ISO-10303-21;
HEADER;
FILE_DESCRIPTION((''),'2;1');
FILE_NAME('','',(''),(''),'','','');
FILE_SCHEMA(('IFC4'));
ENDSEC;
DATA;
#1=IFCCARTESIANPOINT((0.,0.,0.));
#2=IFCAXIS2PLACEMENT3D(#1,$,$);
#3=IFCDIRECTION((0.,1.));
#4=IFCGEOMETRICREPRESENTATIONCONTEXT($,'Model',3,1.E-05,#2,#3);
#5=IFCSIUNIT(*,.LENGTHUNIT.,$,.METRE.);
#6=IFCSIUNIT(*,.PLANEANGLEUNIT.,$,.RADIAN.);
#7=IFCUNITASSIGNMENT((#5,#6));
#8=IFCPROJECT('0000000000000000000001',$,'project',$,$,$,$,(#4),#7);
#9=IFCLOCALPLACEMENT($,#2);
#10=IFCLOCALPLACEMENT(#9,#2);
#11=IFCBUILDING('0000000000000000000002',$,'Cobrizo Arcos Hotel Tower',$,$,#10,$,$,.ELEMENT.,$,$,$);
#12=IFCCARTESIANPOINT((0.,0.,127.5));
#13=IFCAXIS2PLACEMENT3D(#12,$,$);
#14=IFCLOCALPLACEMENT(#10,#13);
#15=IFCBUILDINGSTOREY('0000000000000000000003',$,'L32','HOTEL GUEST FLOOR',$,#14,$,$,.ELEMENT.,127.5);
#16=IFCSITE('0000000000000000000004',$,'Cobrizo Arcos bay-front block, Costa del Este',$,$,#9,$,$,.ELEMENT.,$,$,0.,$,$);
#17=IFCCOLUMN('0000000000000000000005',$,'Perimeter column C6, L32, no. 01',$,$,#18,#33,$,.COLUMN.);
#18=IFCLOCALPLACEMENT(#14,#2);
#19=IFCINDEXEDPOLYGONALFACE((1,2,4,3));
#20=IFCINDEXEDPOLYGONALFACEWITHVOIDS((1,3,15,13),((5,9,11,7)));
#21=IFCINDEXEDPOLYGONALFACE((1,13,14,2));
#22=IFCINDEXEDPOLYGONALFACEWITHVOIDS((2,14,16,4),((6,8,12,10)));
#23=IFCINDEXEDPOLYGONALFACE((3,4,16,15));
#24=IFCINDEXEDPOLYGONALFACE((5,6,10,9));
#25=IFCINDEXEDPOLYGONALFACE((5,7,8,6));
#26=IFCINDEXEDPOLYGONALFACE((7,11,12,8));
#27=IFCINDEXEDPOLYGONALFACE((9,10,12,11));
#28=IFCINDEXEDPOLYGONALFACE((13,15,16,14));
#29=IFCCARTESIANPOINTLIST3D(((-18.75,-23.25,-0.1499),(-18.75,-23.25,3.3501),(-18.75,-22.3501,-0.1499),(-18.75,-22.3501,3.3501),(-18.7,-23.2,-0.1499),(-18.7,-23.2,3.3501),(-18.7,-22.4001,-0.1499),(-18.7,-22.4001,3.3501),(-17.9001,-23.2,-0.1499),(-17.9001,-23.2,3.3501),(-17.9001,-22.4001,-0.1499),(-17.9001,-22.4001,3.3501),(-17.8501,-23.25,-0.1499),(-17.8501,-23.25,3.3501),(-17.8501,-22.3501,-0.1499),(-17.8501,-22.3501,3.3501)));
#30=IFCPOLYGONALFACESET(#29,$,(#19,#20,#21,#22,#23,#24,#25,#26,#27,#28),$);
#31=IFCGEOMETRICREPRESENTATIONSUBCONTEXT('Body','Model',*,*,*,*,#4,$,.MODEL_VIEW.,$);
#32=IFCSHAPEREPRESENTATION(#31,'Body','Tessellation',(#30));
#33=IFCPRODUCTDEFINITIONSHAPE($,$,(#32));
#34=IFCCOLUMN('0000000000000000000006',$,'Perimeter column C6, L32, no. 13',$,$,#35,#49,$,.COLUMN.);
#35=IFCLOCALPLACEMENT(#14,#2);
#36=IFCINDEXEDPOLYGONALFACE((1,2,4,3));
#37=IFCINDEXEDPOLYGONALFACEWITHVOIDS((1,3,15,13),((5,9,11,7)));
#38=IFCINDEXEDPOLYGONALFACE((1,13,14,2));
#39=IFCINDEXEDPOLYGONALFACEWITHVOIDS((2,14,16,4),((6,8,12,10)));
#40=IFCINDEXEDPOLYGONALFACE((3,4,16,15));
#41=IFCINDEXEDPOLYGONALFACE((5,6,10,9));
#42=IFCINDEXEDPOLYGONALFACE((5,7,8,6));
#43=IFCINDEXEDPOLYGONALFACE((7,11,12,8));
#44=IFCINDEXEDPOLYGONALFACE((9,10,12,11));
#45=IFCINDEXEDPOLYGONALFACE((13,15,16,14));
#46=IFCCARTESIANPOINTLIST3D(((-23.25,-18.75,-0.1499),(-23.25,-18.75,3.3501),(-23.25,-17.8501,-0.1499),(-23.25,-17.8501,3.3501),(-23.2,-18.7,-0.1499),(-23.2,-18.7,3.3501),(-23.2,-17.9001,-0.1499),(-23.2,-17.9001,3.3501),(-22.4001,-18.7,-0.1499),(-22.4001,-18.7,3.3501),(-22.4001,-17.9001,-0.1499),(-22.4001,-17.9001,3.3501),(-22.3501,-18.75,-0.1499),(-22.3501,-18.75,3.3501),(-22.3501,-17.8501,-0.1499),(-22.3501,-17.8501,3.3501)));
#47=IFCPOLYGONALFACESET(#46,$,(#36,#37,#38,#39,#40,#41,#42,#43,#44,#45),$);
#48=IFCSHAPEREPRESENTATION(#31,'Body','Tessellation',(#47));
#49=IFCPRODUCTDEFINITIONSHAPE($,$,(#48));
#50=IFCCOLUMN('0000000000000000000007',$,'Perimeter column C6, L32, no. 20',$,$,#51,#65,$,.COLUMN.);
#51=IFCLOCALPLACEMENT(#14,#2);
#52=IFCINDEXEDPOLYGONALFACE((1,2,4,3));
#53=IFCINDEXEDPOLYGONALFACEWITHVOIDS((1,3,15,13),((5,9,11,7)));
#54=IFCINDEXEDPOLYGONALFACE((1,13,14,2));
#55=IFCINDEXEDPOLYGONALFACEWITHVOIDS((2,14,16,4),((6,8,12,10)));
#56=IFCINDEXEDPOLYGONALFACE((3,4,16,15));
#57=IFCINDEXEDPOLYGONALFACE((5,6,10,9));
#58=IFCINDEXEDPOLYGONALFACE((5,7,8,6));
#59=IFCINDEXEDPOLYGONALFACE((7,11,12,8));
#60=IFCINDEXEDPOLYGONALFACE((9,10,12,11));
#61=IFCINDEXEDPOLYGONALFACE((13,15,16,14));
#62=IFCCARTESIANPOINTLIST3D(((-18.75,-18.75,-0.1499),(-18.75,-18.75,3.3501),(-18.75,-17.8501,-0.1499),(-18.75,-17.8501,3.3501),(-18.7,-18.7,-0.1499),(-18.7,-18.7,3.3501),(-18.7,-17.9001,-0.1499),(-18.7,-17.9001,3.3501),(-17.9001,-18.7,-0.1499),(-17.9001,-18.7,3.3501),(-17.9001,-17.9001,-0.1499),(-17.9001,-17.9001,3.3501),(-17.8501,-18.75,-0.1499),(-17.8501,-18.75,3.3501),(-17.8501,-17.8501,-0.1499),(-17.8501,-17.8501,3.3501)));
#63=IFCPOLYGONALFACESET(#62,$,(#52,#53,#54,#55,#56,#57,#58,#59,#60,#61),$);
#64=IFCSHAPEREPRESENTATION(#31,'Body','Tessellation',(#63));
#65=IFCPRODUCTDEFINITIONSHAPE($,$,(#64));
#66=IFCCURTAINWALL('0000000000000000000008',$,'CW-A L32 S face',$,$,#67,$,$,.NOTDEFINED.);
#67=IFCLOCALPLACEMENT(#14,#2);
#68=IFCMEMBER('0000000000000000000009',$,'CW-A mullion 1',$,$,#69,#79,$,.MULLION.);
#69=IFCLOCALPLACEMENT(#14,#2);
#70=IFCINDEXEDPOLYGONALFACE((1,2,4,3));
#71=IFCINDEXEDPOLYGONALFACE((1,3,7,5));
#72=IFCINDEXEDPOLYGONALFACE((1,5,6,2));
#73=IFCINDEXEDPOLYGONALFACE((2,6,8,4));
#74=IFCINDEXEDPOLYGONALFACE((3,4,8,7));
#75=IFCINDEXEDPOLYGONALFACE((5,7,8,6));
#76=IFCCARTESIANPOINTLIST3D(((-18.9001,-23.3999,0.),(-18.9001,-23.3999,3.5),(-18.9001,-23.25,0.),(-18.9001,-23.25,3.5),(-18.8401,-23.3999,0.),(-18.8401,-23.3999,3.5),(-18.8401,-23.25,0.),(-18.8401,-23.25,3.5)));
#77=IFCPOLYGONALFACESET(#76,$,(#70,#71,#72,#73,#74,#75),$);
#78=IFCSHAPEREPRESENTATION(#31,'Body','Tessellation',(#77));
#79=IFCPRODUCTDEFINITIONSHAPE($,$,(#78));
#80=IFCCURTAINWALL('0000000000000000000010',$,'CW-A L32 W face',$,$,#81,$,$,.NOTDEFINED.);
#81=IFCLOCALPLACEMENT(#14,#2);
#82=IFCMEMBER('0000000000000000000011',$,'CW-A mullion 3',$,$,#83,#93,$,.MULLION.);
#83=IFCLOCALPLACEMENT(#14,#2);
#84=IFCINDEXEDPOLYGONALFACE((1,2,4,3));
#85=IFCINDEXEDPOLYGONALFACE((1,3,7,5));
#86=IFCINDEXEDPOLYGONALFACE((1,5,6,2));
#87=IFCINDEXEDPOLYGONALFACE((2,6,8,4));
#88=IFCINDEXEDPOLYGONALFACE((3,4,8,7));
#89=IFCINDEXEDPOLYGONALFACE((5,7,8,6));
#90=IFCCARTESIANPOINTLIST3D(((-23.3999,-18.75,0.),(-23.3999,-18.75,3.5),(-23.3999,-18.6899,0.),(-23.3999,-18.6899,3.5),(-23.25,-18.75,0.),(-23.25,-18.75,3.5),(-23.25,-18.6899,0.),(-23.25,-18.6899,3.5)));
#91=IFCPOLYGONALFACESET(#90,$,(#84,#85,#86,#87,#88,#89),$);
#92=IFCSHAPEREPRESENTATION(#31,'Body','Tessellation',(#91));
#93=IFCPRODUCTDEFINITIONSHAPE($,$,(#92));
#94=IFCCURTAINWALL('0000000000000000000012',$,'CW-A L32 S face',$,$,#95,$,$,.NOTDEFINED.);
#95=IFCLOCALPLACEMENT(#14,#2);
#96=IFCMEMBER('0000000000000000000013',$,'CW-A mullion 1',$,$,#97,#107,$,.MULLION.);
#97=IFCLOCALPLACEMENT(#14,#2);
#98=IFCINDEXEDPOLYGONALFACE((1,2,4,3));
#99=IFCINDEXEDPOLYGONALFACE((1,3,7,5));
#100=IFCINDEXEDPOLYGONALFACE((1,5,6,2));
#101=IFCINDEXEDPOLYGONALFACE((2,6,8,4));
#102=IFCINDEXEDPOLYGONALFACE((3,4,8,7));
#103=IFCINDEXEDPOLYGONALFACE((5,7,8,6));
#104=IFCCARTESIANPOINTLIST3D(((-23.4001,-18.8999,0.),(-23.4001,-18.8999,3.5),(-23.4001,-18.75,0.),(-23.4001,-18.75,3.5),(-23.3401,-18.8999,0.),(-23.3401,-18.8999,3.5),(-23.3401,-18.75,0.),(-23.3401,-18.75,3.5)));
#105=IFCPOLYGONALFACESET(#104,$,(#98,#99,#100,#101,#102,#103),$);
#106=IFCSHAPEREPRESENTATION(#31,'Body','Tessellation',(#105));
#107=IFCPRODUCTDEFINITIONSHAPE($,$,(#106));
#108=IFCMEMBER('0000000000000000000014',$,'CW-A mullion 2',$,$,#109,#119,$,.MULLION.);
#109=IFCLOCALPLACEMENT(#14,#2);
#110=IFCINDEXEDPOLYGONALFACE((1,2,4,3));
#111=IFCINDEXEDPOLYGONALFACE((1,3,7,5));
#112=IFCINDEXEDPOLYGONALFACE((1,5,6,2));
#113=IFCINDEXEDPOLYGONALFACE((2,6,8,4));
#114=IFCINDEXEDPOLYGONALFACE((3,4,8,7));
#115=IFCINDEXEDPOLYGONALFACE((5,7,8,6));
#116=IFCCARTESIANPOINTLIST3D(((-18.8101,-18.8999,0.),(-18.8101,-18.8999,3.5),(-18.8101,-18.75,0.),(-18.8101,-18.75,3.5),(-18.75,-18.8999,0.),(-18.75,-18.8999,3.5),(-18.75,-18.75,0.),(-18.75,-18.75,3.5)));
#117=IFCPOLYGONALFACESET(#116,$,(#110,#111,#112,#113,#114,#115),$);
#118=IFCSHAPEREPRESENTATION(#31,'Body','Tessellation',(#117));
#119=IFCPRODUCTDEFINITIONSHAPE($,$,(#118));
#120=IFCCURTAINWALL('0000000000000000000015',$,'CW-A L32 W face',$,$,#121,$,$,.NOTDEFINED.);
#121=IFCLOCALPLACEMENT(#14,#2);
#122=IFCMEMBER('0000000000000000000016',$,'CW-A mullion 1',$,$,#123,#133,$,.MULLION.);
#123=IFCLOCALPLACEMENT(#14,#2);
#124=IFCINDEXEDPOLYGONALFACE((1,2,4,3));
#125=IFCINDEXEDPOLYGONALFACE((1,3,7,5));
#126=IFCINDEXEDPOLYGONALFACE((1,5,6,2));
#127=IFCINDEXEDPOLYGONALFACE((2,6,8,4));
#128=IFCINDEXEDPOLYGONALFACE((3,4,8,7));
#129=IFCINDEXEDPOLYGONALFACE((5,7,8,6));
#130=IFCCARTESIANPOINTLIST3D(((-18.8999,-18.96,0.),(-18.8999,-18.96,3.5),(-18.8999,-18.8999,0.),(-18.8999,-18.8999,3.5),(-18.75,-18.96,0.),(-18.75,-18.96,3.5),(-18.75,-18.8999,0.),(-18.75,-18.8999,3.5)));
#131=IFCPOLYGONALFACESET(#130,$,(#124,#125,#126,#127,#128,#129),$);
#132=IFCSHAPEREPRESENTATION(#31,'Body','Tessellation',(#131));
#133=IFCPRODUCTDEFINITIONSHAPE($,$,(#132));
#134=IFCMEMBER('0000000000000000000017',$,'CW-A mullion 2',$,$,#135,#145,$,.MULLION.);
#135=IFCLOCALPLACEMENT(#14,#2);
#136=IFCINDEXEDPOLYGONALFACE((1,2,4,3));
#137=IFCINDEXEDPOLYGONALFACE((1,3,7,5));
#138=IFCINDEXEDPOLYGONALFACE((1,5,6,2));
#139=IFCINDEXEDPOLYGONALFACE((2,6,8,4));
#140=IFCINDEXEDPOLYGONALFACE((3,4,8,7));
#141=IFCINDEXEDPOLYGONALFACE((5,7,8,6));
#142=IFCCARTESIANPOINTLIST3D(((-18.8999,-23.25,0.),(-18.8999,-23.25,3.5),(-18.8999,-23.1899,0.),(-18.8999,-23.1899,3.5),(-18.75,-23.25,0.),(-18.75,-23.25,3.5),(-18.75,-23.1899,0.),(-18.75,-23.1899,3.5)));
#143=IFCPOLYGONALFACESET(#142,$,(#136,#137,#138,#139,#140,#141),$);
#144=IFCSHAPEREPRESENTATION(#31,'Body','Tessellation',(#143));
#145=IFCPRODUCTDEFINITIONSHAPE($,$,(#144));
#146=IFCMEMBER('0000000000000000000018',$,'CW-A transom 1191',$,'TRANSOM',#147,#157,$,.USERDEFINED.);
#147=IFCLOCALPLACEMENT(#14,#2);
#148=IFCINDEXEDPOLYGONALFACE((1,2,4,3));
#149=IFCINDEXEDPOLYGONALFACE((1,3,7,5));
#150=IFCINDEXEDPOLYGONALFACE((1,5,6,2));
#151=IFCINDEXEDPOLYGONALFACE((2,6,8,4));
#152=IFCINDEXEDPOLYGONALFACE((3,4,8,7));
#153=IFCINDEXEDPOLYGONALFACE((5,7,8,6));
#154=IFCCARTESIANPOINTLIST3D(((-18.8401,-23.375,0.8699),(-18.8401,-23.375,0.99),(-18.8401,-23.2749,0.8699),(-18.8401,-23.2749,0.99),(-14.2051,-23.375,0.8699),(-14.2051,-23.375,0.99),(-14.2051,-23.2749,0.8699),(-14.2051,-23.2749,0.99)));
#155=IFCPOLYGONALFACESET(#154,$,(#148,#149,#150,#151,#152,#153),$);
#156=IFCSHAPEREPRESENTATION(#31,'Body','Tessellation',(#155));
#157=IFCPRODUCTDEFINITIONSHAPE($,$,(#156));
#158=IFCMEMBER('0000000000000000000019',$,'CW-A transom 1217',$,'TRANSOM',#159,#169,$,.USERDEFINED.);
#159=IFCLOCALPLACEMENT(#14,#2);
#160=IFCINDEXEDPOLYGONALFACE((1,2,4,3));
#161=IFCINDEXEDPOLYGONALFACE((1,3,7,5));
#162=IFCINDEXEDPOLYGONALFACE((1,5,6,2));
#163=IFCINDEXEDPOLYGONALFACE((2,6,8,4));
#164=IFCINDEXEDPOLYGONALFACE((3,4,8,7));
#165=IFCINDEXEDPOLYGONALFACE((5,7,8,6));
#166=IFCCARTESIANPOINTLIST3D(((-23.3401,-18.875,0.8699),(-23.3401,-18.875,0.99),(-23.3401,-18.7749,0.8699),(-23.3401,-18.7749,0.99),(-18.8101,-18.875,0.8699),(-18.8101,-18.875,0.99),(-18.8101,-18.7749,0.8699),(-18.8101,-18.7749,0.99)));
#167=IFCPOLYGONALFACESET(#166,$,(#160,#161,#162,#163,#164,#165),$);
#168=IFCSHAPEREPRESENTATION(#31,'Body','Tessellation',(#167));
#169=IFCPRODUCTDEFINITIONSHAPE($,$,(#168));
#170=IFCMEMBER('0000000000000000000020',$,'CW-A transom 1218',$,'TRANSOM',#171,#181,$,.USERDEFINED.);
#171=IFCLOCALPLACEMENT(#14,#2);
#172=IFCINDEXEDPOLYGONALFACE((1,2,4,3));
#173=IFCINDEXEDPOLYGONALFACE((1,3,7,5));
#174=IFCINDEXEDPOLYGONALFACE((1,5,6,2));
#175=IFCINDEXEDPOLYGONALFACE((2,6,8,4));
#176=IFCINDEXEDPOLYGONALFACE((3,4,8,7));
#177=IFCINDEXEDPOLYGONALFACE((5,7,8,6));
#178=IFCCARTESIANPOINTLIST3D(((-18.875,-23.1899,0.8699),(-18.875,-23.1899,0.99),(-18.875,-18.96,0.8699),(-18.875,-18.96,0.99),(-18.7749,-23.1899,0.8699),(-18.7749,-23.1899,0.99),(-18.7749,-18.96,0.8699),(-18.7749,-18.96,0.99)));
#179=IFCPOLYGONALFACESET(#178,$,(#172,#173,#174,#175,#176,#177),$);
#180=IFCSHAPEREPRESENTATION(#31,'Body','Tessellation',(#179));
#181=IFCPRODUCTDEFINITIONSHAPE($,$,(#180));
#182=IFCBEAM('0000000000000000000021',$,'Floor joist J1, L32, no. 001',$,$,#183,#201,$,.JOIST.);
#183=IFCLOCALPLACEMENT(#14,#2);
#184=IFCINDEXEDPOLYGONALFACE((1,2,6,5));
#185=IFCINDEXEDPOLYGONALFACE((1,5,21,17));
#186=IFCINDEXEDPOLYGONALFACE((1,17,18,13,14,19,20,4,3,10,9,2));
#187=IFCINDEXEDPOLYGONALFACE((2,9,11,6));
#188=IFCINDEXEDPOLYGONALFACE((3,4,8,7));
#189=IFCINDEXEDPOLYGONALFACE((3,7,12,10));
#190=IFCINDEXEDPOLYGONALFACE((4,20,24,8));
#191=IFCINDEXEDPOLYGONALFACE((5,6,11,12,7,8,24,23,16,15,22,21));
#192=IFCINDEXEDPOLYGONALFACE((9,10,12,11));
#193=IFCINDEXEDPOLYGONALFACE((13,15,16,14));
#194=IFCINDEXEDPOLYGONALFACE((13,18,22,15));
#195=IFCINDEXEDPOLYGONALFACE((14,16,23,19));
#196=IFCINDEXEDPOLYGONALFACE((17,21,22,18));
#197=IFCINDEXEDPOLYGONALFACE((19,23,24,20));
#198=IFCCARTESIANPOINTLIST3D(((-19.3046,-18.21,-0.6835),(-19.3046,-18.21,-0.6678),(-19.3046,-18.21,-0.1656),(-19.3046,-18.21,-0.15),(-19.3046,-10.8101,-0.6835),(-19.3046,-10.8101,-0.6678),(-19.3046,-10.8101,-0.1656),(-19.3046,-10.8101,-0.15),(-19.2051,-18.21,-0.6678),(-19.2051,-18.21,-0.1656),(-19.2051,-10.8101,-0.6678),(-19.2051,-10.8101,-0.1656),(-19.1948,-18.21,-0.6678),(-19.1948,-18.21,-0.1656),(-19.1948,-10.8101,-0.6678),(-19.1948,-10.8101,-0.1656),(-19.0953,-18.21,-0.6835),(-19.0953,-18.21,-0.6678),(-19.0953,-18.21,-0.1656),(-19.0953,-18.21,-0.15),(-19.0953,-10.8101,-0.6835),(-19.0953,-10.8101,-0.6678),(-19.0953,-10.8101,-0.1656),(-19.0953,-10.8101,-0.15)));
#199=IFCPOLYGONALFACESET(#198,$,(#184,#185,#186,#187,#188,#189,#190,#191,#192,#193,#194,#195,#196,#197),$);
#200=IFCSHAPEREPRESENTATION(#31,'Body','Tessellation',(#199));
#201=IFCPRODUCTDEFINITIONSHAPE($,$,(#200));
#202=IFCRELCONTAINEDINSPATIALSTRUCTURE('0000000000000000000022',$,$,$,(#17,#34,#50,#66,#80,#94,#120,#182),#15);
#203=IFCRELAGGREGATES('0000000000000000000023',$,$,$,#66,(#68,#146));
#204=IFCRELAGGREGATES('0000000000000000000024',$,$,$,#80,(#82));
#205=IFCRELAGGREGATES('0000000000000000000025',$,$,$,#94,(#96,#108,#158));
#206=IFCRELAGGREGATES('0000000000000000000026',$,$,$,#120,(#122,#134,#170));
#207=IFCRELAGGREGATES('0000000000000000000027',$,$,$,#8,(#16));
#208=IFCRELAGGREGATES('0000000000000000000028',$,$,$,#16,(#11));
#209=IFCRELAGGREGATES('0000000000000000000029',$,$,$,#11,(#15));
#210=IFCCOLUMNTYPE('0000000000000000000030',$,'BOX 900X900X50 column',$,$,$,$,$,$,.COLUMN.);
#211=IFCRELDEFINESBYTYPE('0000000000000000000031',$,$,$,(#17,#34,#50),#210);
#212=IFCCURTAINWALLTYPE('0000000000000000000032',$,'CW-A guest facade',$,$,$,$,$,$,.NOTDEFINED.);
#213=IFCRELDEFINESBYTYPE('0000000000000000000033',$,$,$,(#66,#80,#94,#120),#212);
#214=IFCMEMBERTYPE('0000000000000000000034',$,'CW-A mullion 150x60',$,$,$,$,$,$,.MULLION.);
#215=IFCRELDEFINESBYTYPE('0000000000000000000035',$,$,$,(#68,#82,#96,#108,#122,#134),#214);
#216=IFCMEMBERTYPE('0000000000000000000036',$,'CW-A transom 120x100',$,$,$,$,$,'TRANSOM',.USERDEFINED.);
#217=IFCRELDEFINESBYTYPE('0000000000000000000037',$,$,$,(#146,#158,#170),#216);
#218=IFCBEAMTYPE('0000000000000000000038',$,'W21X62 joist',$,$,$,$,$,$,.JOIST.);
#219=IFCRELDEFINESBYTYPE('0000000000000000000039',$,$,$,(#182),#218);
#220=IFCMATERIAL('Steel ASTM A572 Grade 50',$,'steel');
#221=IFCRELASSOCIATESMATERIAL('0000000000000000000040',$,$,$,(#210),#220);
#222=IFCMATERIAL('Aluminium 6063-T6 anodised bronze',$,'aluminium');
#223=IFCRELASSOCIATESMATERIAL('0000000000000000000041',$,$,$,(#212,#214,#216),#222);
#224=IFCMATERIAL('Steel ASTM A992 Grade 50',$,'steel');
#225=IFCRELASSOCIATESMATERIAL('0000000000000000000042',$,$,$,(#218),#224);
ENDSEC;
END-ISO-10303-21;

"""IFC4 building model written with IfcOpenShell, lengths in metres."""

from ifc_helpers import new_model, si_unit, direction, frame, origin, origin_2d, place, context, subcontext, project, spatial, rectangle, hollow_rectangle, i_section, extrude, material, material_profile, profile_set, type_object, element, aggregate, save


model = new_model("IFC4")

# Units and contexts
model_context = context("Model", 3, precision=1e-05, world=origin(), true_north=direction((0.0, 1.0)))
body_context = subcontext(model_context, "Body", "Model", "MODEL_VIEW")
ifc_project = project(units=[si_unit("LENGTHUNIT", "METRE"), si_unit("PLANEANGLEUNIT", "RADIAN")], contexts=[model_context])

# Site, building, storey
site_placement = place(None, origin())
site = spatial("IfcSite", under=ifc_project, at=site_placement, Name="Cobrizo Arcos bay-front block, Costa del Este", CompositionType="ELEMENT", RefElevation=0.0)
building_placement = place(site_placement, origin())
building = spatial("IfcBuilding", under=site, at=building_placement, Name="Cobrizo Arcos Hotel Tower", CompositionType="ELEMENT")
storey_placement = place(building_placement, frame((0.0, 0.0, 127.5)))
storey = spatial("IfcBuildingStorey", under=building, at=storey_placement, Name="L32", Description="HOTEL GUEST FLOOR", CompositionType="ELEMENT", Elevation=127.5)

# Columns
ifc_material_1 = material(Name="Steel ASTM A572 Grade 50", Category="steel")
ifc_material_profile_1 = material_profile(ifc_material_1, hollow_rectangle(XDim=0.8999, YDim=0.8999, WallThickness=0.05, at=origin_2d()), Name="BOX 900X900X50")
ifc_profile_set_1 = profile_set([ifc_material_profile_1], Name="Steel ASTM A572 Grade 50")
column_type = type_object("IfcColumnType", Name="BOX 900X900X50 column", PredefinedType="COLUMN", material=ifc_profile_set_1)
for number, where, z_axis, x_axis, name in (
    (1, (-18.3, -22.8, -0.1499), (0.0, 0.0, 1.0), (1.0, 0.0, 0.0), "Perimeter column C6, L32, no. 01"),
    (2, (-22.8, -18.3, -0.1499), (0.0, 0.0, 1.0), (1.0, 0.0, 0.0), "Perimeter column C6, L32, no. 13"),
    (3, (-18.3, -18.3, -0.1499), (0.0, 0.0, 1.0), (1.0, 0.0, 0.0), "Perimeter column C6, L32, no. 20"),
):
    element("IfcColumn", number, at=place(storey_placement, frame(where, z_axis=z_axis, x_axis=x_axis)), inside=storey, type_object=column_type, Name=name, PredefinedType="COLUMN", context=body_context, shape_type="SweptSolid", body=[
        extrude(hollow_rectangle(XDim=0.8999, YDim=0.8999, WallThickness=0.05, at=origin_2d()), origin(), (0.0, 0.0, 1.0), 3.5),
    ])

# Curtain walls, members
ifc_material_2 = material(Name="Aluminium 6063-T6 anodised bronze", Category="aluminium")
curtain_wall_type = type_object("IfcCurtainWallType", Name="CW-A guest facade", PredefinedType="NOTDEFINED", material=ifc_material_2)
curtain_wall_1_placement = place(storey_placement, origin())
curtain_wall_1 = element("IfcCurtainWall", 4, at=curtain_wall_1_placement, inside=storey, type_object=curtain_wall_type, Name="CW-A L32 S face", PredefinedType="NOTDEFINED")
ifc_material_profile_2 = material_profile(ifc_material_2, rectangle(XDim=0.1499, YDim=0.0601, at=origin_2d()), Name="CW-A mullion 150x60")
ifc_profile_set_2 = profile_set([ifc_material_profile_2], Name="Aluminium 6063-T6 anodised bronze")
member_type_1 = type_object("IfcMemberType", Name="CW-A mullion 150x60", PredefinedType="MULLION", material=ifc_profile_set_2)
member_1_placement = place(storey_placement, frame((-18.8701, -23.325, 0.0), z_axis=(0.0, 0.0, 1.0), x_axis=(0.0, -1.0, 0.0)))
member_1 = element("IfcMember", 5, at=member_1_placement, type_object=member_type_1, Name="CW-A mullion 1", PredefinedType="MULLION", context=body_context, shape_type="SweptSolid", body=[
    extrude(rectangle(XDim=0.1499, YDim=0.0601, at=origin_2d()), origin(), (0.0, 0.0, 1.0), 3.5),
])
curtain_wall_2_placement = place(storey_placement, origin())
curtain_wall_2 = element("IfcCurtainWall", 6, at=curtain_wall_2_placement, inside=storey, type_object=curtain_wall_type, Name="CW-A L32 W face", PredefinedType="NOTDEFINED")
member_2_placement = place(storey_placement, frame((-23.325, -18.72, 0.0), z_axis=(0.0, 0.0, 1.0), x_axis=(-1.0, 0.0, 0.0)))
member_2 = element("IfcMember", 7, at=member_2_placement, type_object=member_type_1, Name="CW-A mullion 3", PredefinedType="MULLION", context=body_context, shape_type="SweptSolid", body=[
    extrude(rectangle(XDim=0.1499, YDim=0.0601, at=origin_2d()), origin(), (0.0, 0.0, 1.0), 3.5),
])

# Curtain walls, members
curtain_wall_3_placement = place(storey_placement, origin())
curtain_wall_3 = element("IfcCurtainWall", 8, at=curtain_wall_3_placement, inside=storey, type_object=curtain_wall_type, Name="CW-A L32 S face", PredefinedType="NOTDEFINED")
member_3_placement = place(storey_placement, frame((-23.3701, -18.825, 0.0), z_axis=(0.0, 0.0, 1.0), x_axis=(0.0, -1.0, 0.0)))
member_3 = element("IfcMember", 9, at=member_3_placement, type_object=member_type_1, Name="CW-A mullion 1", PredefinedType="MULLION", context=body_context, shape_type="SweptSolid", body=[
    extrude(rectangle(XDim=0.1499, YDim=0.0601, at=origin_2d()), origin(), (0.0, 0.0, 1.0), 3.5),
])
member_4_placement = place(storey_placement, frame((-18.78, -18.825, 0.0), z_axis=(0.0, 0.0, 1.0), x_axis=(0.0, -1.0, 0.0)))
member_4 = element("IfcMember", 10, at=member_4_placement, type_object=member_type_1, Name="CW-A mullion 2", PredefinedType="MULLION", context=body_context, shape_type="SweptSolid", body=[
    extrude(rectangle(XDim=0.1499, YDim=0.0601, at=origin_2d()), origin(), (0.0, 0.0, 1.0), 3.5),
])
curtain_wall_4_placement = place(storey_placement, origin())
curtain_wall_4 = element("IfcCurtainWall", 11, at=curtain_wall_4_placement, inside=storey, type_object=curtain_wall_type, Name="CW-A L32 W face", PredefinedType="NOTDEFINED")
member_5_placement = place(storey_placement, frame((-18.825, -18.9299, 0.0), z_axis=(0.0, 0.0, 1.0), x_axis=(-1.0, 0.0, 0.0)))
member_5 = element("IfcMember", 12, at=member_5_placement, type_object=member_type_1, Name="CW-A mullion 1", PredefinedType="MULLION", context=body_context, shape_type="SweptSolid", body=[
    extrude(rectangle(XDim=0.1499, YDim=0.0601, at=origin_2d()), origin(), (0.0, 0.0, 1.0), 3.5),
])
member_6_placement = place(storey_placement, frame((-18.825, -23.22, 0.0), z_axis=(0.0, 0.0, 1.0), x_axis=(-1.0, 0.0, 0.0)))
member_6 = element("IfcMember", 13, at=member_6_placement, type_object=member_type_1, Name="CW-A mullion 2", PredefinedType="MULLION", context=body_context, shape_type="SweptSolid", body=[
    extrude(rectangle(XDim=0.1499, YDim=0.0601, at=origin_2d()), origin(), (0.0, 0.0, 1.0), 3.5),
])

# Members
ifc_material_profile_3 = material_profile(ifc_material_2, rectangle(XDim=0.1001, YDim=0.1201, at=origin_2d()), Name="CW-A transom 120x100")
ifc_profile_set_3 = profile_set([ifc_material_profile_3], Name="Aluminium 6063-T6 anodised bronze")
member_type_2 = type_object("IfcMemberType", Name="CW-A transom 120x100", ElementType="TRANSOM", PredefinedType="USERDEFINED", material=ifc_profile_set_3)
member_7_placement = place(storey_placement, frame((-18.8401, -23.325, 0.9299), z_axis=(1.0, 0.0, 0.0), x_axis=(0.0, 1.0, 0.0)))
member_7 = element("IfcMember", 14, at=member_7_placement, type_object=member_type_2, Name="CW-A transom 1191", ObjectType="TRANSOM", PredefinedType="USERDEFINED", context=body_context, shape_type="SweptSolid", body=[
    extrude(rectangle(XDim=0.1001, YDim=0.1201, at=origin_2d()), origin(), (0.0, 0.0, 1.0), 4.635),
])
member_8_placement = place(storey_placement, frame((-23.3401, -18.825, 0.9299), z_axis=(1.0, 0.0, 0.0), x_axis=(0.0, 1.0, 0.0)))
member_8 = element("IfcMember", 15, at=member_8_placement, type_object=member_type_2, Name="CW-A transom 1217", ObjectType="TRANSOM", PredefinedType="USERDEFINED", context=body_context, shape_type="SweptSolid", body=[
    extrude(rectangle(XDim=0.1001, YDim=0.1201, at=origin_2d()), origin(), (0.0, 0.0, 1.0), 4.53),
])
member_9_placement = place(storey_placement, frame((-18.825, -18.96, 0.9299), z_axis=(0.0, -1.0, 0.0), x_axis=(1.0, 0.0, 0.0)))
member_9 = element("IfcMember", 16, at=member_9_placement, type_object=member_type_2, Name="CW-A transom 1218", ObjectType="TRANSOM", PredefinedType="USERDEFINED", context=body_context, shape_type="SweptSolid", body=[
    extrude(rectangle(XDim=0.1001, YDim=0.1201, at=origin_2d()), origin(), (0.0, 0.0, 1.0), 4.23),
])

# Beam
ifc_material_3 = material(Name="Steel ASTM A992 Grade 50", Category="steel")
ifc_material_profile_4 = material_profile(ifc_material_3, i_section(OverallWidth=0.2092, OverallDepth=0.5334, WebThickness=0.0103, FlangeThickness=0.0156, at=origin_2d()), Name="W21X62")
ifc_profile_set_4 = profile_set([ifc_material_profile_4], Name="Steel ASTM A992 Grade 50")
beam_type_1 = type_object("IfcBeamType", Name="W21X62 joist", PredefinedType="JOIST", material=ifc_profile_set_4)
beam_1_placement = place(storey_placement, frame((-19.2, -18.21, -0.4167), z_axis=(0.0, 1.0, 0.0), x_axis=(-1.0, 0.0, 0.0)))
element("IfcBeam", 17, at=beam_1_placement, inside=storey, type_object=beam_type_1, Name="Floor joist J1, L32, no. 001", PredefinedType="JOIST", context=body_context, shape_type="SweptSolid", body=[
    extrude(i_section(OverallWidth=0.2092, OverallDepth=0.5334, WebThickness=0.0103, FlangeThickness=0.0156, at=origin_2d()), origin(), (0.0, 0.0, 1.0), 7.3999),
])

aggregate(curtain_wall_1, [member_1, member_7])
aggregate(curtain_wall_2, [member_2])
aggregate(curtain_wall_3, [member_3, member_4, member_8])
aggregate(curtain_wall_4, [member_5, member_6, member_9])

save(model, "model.ifc")
